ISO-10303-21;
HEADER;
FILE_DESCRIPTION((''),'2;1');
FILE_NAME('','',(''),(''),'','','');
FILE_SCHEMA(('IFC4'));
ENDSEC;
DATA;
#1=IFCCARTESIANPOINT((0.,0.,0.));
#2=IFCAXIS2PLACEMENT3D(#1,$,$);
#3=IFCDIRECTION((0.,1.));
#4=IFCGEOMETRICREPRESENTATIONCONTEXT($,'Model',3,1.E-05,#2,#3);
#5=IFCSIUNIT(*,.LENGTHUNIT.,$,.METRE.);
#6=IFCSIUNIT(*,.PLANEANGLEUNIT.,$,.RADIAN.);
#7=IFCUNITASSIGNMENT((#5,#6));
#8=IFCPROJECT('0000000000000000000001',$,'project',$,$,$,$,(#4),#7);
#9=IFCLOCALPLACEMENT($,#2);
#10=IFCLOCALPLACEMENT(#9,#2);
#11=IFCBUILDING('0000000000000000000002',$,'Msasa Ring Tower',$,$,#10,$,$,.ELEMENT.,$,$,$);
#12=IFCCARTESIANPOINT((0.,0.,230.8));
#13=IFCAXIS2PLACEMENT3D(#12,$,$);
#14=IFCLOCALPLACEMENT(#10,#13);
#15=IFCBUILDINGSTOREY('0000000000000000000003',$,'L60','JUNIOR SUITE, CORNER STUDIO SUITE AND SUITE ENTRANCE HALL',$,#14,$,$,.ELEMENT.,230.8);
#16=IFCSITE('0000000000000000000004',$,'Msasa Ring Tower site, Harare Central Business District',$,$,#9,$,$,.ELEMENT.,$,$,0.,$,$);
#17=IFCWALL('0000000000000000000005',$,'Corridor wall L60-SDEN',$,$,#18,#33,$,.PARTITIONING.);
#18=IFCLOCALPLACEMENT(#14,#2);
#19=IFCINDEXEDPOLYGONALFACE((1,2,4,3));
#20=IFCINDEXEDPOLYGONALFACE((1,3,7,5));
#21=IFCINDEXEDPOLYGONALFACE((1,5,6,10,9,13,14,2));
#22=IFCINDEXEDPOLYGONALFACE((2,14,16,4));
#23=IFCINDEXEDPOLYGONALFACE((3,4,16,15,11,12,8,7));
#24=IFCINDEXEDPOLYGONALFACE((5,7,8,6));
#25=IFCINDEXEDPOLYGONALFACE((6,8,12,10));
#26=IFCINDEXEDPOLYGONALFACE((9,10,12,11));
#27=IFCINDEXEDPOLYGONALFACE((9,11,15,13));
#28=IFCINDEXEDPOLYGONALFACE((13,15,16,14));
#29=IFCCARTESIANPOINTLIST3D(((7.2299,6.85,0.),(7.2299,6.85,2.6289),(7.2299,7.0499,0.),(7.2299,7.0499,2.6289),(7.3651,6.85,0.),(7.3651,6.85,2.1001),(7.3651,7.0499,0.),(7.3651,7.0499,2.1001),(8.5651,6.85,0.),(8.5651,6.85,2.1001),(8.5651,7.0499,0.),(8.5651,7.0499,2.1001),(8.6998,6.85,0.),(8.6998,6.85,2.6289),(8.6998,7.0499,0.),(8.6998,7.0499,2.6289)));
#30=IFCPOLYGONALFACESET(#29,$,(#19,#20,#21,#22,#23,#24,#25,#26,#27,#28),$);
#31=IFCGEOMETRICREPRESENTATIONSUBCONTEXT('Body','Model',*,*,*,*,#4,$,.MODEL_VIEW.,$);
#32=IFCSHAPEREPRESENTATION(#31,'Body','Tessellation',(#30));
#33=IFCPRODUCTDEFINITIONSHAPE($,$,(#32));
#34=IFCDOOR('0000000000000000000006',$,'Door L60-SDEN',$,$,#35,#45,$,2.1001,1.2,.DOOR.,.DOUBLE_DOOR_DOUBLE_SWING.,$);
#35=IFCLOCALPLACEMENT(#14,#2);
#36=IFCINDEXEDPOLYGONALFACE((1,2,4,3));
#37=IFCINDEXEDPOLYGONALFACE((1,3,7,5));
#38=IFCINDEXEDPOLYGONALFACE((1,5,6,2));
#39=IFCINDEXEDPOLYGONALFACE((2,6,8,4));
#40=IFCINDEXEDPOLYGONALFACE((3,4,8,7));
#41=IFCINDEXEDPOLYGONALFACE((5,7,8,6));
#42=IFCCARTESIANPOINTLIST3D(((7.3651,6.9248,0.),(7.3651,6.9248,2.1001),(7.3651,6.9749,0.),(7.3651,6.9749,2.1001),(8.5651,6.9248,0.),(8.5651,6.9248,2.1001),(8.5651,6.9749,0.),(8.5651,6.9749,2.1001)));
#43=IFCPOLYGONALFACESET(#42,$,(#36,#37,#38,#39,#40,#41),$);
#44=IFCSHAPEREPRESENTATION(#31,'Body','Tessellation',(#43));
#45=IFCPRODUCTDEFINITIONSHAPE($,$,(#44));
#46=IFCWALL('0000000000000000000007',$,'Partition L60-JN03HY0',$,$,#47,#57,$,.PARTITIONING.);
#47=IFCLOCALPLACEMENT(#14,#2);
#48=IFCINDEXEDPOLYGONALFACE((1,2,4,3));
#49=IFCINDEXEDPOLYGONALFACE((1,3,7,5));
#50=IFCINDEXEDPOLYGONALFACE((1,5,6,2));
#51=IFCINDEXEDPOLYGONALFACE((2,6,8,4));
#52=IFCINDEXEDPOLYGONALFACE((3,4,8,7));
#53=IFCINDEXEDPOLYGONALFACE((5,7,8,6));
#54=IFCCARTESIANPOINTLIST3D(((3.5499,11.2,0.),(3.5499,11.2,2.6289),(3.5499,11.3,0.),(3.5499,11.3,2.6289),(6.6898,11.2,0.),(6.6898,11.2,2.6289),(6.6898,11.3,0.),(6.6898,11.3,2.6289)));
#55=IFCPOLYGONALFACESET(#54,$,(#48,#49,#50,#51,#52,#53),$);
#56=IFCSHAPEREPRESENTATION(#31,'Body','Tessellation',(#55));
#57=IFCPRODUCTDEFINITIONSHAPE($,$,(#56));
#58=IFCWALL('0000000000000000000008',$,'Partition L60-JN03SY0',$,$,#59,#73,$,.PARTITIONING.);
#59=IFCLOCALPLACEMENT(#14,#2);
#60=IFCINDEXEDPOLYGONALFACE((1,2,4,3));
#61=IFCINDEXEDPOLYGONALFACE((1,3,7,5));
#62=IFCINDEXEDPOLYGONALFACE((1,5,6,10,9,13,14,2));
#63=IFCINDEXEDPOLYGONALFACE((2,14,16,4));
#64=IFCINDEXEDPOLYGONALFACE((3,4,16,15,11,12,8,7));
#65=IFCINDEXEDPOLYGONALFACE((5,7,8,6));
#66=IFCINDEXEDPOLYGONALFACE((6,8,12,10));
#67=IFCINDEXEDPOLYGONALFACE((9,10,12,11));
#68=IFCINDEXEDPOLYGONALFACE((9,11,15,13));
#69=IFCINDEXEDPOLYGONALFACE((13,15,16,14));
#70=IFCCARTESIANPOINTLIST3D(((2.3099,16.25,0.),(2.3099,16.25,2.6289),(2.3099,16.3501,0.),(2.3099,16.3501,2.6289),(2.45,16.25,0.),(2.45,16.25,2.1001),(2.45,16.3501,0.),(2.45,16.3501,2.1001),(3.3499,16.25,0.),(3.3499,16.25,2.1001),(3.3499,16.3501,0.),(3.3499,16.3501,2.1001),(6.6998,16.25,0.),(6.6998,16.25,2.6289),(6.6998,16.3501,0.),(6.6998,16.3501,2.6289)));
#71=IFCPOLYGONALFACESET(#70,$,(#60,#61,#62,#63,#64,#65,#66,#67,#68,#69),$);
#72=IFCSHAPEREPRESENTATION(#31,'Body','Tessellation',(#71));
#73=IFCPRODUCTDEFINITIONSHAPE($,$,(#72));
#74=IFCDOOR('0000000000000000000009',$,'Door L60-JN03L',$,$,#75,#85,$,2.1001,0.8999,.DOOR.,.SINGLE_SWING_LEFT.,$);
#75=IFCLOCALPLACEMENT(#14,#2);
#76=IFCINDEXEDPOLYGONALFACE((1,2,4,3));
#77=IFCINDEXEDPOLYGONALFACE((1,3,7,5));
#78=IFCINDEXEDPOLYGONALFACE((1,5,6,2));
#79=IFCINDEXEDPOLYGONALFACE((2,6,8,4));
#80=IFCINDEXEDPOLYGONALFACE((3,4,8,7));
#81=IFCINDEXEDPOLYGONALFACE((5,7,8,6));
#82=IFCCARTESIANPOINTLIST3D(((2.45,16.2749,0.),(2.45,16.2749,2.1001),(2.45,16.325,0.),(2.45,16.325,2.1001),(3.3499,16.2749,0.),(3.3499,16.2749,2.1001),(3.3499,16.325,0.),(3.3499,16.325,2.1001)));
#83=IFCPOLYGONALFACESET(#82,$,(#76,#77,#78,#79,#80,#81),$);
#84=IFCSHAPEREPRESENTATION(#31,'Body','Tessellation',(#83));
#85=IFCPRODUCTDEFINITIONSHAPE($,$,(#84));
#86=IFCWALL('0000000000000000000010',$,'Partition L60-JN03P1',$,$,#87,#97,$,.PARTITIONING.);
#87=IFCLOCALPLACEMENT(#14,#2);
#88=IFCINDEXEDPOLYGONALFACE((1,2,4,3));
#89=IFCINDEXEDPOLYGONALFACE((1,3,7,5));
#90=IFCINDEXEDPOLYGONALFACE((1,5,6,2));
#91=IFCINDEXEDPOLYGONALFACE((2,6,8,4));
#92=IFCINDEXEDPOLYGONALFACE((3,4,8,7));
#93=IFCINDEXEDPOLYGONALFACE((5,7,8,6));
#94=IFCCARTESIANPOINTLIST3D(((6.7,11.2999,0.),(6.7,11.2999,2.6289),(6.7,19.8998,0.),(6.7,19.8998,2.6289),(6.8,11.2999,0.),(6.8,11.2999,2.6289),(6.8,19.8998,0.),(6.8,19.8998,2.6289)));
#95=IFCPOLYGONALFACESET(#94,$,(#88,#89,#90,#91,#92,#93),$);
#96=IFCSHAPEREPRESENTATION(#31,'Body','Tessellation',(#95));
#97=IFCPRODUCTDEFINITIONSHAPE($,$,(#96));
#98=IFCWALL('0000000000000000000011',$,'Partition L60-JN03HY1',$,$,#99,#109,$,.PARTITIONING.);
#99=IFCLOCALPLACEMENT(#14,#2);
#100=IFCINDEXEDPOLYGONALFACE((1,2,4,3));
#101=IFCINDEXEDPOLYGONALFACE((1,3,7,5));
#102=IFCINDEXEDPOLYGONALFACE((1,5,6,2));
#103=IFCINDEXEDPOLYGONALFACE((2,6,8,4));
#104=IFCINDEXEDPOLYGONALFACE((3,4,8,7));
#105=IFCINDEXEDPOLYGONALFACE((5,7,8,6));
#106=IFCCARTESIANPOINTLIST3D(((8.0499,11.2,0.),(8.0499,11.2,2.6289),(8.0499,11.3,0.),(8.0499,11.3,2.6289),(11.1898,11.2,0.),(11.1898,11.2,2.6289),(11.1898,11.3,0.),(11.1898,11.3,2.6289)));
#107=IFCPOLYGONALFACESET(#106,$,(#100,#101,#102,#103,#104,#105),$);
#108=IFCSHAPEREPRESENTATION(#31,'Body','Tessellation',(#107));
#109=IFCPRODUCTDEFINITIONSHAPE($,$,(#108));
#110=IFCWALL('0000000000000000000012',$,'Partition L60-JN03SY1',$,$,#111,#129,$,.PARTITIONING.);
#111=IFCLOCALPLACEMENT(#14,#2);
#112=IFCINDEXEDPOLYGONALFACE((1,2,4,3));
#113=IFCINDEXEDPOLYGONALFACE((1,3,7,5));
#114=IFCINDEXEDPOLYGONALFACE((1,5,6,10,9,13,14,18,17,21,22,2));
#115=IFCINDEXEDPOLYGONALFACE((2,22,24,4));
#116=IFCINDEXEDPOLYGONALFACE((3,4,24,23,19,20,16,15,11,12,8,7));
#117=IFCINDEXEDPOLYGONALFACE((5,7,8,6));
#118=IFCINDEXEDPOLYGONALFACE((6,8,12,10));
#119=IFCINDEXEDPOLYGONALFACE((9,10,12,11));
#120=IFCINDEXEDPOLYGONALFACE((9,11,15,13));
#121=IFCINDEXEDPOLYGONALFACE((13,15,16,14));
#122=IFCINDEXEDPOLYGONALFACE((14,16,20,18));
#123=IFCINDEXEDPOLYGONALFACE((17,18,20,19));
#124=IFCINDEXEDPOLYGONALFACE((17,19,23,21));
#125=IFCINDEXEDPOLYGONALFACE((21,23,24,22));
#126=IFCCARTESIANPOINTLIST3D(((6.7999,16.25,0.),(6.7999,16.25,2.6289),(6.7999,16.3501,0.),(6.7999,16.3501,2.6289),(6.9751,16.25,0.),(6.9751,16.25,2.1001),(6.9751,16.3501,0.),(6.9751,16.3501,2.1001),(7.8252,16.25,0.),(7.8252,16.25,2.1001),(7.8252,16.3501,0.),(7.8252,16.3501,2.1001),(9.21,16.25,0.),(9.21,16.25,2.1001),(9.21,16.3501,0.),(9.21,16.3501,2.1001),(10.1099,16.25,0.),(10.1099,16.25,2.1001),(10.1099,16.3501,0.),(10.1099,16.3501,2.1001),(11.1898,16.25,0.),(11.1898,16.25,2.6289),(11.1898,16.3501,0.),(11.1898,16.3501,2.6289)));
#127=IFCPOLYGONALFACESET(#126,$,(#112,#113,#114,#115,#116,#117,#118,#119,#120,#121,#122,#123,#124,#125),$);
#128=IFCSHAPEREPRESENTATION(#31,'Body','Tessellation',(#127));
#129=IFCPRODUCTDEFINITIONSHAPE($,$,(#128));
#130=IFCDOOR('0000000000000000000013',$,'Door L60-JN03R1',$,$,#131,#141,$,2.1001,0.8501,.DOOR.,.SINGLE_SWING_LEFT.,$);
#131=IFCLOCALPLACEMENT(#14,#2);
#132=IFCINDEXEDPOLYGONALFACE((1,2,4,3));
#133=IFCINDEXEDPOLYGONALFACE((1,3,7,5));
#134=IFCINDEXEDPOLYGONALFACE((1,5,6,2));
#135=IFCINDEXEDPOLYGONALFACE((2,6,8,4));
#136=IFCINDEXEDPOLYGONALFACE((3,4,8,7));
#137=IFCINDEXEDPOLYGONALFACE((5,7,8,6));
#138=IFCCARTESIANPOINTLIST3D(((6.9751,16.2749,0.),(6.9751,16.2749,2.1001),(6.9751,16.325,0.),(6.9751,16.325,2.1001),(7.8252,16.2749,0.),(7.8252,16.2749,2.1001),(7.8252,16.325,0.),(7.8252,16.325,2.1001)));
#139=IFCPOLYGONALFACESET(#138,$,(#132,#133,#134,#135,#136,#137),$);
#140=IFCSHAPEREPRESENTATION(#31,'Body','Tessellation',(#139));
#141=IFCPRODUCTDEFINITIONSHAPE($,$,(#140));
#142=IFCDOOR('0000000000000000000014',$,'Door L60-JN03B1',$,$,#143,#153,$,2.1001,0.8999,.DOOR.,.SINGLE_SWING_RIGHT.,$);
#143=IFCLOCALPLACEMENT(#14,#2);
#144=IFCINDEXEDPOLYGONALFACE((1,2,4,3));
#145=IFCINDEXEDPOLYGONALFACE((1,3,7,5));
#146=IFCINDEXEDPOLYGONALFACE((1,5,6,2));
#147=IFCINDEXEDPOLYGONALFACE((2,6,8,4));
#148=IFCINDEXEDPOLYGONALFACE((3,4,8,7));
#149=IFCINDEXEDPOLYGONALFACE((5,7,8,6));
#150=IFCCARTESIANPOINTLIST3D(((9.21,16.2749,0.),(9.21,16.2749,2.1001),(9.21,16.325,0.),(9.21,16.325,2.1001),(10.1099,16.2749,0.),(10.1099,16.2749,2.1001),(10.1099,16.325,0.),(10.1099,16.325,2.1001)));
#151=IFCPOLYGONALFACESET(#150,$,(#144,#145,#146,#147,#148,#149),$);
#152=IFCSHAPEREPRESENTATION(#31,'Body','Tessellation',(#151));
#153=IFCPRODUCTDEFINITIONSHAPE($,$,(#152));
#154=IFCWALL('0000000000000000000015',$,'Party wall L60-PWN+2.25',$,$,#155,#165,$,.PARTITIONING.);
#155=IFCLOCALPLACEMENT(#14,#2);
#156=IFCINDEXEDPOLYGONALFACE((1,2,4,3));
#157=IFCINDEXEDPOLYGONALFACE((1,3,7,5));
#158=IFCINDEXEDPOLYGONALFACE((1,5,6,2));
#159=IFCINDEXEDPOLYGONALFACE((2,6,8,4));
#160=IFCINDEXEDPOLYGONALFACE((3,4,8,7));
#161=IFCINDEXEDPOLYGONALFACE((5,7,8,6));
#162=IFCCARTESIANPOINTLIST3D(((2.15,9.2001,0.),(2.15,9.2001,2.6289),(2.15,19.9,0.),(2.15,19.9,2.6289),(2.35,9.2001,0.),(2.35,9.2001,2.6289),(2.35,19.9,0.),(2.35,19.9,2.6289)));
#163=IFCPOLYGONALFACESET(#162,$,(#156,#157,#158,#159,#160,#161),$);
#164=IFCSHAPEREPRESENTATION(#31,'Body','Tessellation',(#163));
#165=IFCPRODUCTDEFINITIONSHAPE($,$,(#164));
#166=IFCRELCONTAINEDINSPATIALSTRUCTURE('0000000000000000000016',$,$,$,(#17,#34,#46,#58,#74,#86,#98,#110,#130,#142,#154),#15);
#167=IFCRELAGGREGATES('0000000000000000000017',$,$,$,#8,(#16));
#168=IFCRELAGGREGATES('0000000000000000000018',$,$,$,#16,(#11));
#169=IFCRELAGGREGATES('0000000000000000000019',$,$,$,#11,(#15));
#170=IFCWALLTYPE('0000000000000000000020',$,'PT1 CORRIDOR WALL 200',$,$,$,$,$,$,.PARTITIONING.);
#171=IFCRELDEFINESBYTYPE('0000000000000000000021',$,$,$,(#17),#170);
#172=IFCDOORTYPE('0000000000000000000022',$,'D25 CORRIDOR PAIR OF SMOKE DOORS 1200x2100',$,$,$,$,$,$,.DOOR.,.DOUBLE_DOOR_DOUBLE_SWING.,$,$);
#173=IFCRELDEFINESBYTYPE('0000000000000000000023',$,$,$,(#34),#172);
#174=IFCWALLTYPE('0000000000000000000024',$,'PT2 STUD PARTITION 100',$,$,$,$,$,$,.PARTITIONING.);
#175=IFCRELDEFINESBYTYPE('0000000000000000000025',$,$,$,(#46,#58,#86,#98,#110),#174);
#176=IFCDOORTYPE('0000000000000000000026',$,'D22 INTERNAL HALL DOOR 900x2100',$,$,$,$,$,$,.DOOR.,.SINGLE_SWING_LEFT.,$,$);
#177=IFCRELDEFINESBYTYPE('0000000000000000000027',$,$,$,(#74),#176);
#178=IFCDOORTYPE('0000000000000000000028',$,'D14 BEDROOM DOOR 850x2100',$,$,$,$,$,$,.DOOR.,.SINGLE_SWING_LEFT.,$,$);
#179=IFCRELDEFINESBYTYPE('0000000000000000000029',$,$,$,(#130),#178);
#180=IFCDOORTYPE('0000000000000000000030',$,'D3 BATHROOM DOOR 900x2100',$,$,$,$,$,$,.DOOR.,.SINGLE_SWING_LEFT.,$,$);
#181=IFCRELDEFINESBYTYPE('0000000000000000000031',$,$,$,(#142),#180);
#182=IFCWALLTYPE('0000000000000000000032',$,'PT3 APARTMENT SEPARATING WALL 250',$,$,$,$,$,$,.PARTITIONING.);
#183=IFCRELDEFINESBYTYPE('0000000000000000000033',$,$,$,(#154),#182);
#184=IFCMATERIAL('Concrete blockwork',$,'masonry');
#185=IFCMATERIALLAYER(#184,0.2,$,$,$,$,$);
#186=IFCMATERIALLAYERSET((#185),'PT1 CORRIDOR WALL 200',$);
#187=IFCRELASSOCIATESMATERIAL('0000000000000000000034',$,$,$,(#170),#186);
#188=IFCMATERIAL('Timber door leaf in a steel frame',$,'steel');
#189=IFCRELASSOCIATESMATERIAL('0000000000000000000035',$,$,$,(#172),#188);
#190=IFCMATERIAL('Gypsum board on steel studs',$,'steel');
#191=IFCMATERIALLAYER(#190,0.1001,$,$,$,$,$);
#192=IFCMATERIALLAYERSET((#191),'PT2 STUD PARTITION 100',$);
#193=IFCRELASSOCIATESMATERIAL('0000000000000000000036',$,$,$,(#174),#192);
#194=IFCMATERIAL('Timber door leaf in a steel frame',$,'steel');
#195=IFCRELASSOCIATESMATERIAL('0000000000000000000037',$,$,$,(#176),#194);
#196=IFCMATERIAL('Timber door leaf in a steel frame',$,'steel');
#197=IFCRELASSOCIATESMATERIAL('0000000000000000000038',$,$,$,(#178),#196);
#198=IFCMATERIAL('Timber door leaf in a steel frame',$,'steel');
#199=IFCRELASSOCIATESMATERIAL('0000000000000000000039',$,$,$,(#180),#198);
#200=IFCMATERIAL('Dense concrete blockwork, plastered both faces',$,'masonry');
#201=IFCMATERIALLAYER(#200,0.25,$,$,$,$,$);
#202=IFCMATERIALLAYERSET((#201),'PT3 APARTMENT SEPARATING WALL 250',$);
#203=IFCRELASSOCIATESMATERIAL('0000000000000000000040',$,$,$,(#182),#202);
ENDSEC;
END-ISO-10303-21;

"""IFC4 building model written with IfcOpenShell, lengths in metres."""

from ifc_helpers import new_model, si_unit, direction, frame, frame_2d, origin, place, context, subcontext, project, spatial, rectangle, extrude, material, layer, layer_set, type_object, element, fill, save


model = new_model("IFC4")

# Units and contexts
model_context = context("Model", 3, precision=1e-05, world=origin(), true_north=direction((0.0, 1.0)))
body_context = subcontext(model_context, "Body", "Model", "MODEL_VIEW")
ifc_project = project(units=[si_unit("LENGTHUNIT", "METRE"), si_unit("PLANEANGLEUNIT", "RADIAN")], contexts=[model_context])

# Site, building, storey
site_placement = place(None, origin())
site = spatial("IfcSite", under=ifc_project, at=site_placement, Name="Msasa Ring Tower site, Harare Central Business District", CompositionType="ELEMENT", RefElevation=0.0)
building_placement = place(site_placement, origin())
building = spatial("IfcBuilding", under=site, at=building_placement, Name="Msasa Ring Tower", CompositionType="ELEMENT")
storey_placement = place(building_placement, frame((0.0, 0.0, 230.8)))
storey = spatial("IfcBuildingStorey", under=building, at=storey_placement, Name="L60", Description="JUNIOR SUITE, CORNER STUDIO SUITE AND SUITE ENTRANCE HALL", CompositionType="ELEMENT", Elevation=230.8)

# Wall, opening, door
ifc_material_1 = material(Name="Concrete blockwork", Category="masonry")
ifc_layer_1 = layer(ifc_material_1, 0.2)
ifc_layer_set_1 = layer_set([ifc_layer_1], Name="PT1 CORRIDOR WALL 200")
wall_type_1 = type_object("IfcWallType", Name="PT1 CORRIDOR WALL 200", PredefinedType="PARTITIONING", material=ifc_layer_set_1)
wall_1_placement = place(storey_placement, frame((7.23, 6.95, 0.0), z_axis=(0.0, 0.0, 1.0), x_axis=(1.0, 0.0, 0.0)))
wall_1 = element("IfcWall", 1, at=wall_1_placement, inside=storey, type_object=wall_type_1, Name="Corridor wall L60-SDEN", PredefinedType="PARTITIONING", context=body_context, shape_type="SweptSolid", body=[
    extrude(rectangle(XDim=1.47, YDim=0.2, at=frame_2d((0.7349, 0.0))), origin(), (0.0, 0.0, 1.0), 2.6289),
])
opening_1_placement = place(wall_1_placement, frame((0.135, 0.0, 0.0)))
opening_1 = element("IfcOpeningElement", 2, at=opening_1_placement, cuts=wall_1, PredefinedType="OPENING", context=body_context, shape_type="SweptSolid", body=[
    extrude(rectangle(XDim=1.2, YDim=2.1001, at=frame_2d((0.6001, 1.05))), frame((0.0, 0.1099, 0.0), z_axis=(0.0, -1.0, 0.0), x_axis=(1.0, 0.0, 0.0)), (0.0, 0.0, 1.0), 0.22),
])
ifc_material_2 = material(Name="Timber door leaf in a steel frame", Category="steel")
door_type_1 = type_object("IfcDoorType", Name="D25 CORRIDOR PAIR OF SMOKE DOORS 1200x2100", OperationType="DOUBLE_DOOR_DOUBLE_SWING", PredefinedType="DOOR", material=ifc_material_2)
door_1_placement = place(opening_1_placement, origin())
door_1 = element("IfcDoor", 3, at=door_1_placement, inside=storey, type_object=door_type_1, Name="Door L60-SDEN", OperationType="DOUBLE_DOOR_DOUBLE_SWING", OverallHeight=2.1001, OverallWidth=1.2, PredefinedType="DOOR", context=body_context, shape_type="SweptSolid", body=[
    extrude(rectangle(XDim=1.2, YDim=2.1001, at=frame_2d((0.6001, 1.05))), frame((0.0, 0.0249, 0.0), z_axis=(0.0, -1.0, 0.0), x_axis=(1.0, 0.0, 0.0)), (0.0, 0.0, 1.0), 0.05),
])
fill(opening_1, door_1)

# Wall
ifc_material_3 = material(Name="Gypsum board on steel studs", Category="steel")
ifc_layer_2 = layer(ifc_material_3, 0.1001)
ifc_layer_set_2 = layer_set([ifc_layer_2], Name="PT2 STUD PARTITION 100")
wall_type_2 = type_object("IfcWallType", Name="PT2 STUD PARTITION 100", PredefinedType="PARTITIONING", material=ifc_layer_set_2)
wall_2_placement = place(storey_placement, frame((3.55, 11.25, 0.0), z_axis=(0.0, 0.0, 1.0), x_axis=(1.0, 0.0, 0.0)))
element("IfcWall", 4, at=wall_2_placement, inside=storey, type_object=wall_type_2, Name="Partition L60-JN03HY0", PredefinedType="PARTITIONING", context=body_context, shape_type="SweptSolid", body=[
    extrude(rectangle(XDim=3.1399, YDim=0.1001, at=frame_2d((1.5698, 0.0))), origin(), (0.0, 0.0, 1.0), 2.6289),
])

# Wall, opening, door
wall_3_placement = place(storey_placement, frame((2.3101, 16.3, 0.0), z_axis=(0.0, 0.0, 1.0), x_axis=(1.0, 0.0, 0.0)))
wall_3 = element("IfcWall", 5, at=wall_3_placement, inside=storey, type_object=wall_type_2, Name="Partition L60-JN03SY0", PredefinedType="PARTITIONING", context=body_context, shape_type="SweptSolid", body=[
    extrude(rectangle(XDim=4.3899, YDim=0.1001, at=frame_2d((2.1948, 0.0))), origin(), (0.0, 0.0, 1.0), 2.6289),
])
opening_2_placement = place(wall_3_placement, frame((0.1399, 0.0, 0.0)))
opening_2 = element("IfcOpeningElement", 6, at=opening_2_placement, cuts=wall_3, PredefinedType="OPENING", context=body_context, shape_type="SweptSolid", body=[
    extrude(rectangle(XDim=0.8999, YDim=2.1001, at=frame_2d((0.45, 1.05))), frame((0.0, 0.0601, 0.0), z_axis=(0.0, -1.0, 0.0), x_axis=(1.0, 0.0, 0.0)), (0.0, 0.0, 1.0), 0.1201),
])
ifc_material_4 = material(Name="Timber door leaf in a steel frame", Category="steel")
door_type_2 = type_object("IfcDoorType", Name="D22 INTERNAL HALL DOOR 900x2100", OperationType="SINGLE_SWING_LEFT", PredefinedType="DOOR", material=ifc_material_4)
door_2_placement = place(opening_2_placement, origin())
door_2 = element("IfcDoor", 7, at=door_2_placement, inside=storey, type_object=door_type_2, Name="Door L60-JN03L", OperationType="SINGLE_SWING_LEFT", OverallHeight=2.1001, OverallWidth=0.8999, PredefinedType="DOOR", context=body_context, shape_type="SweptSolid", body=[
    extrude(rectangle(XDim=0.8999, YDim=2.1001, at=frame_2d((0.45, 1.05))), frame((0.0, 0.0249, 0.0), z_axis=(0.0, -1.0, 0.0), x_axis=(1.0, 0.0, 0.0)), (0.0, 0.0, 1.0), 0.05),
])
fill(opening_2, door_2)

# Walls
wall_4_placement = place(storey_placement, frame((6.75, 11.3, 0.0), z_axis=(0.0, 0.0, 1.0), x_axis=(0.0, 1.0, 0.0)))
element("IfcWall", 8, at=wall_4_placement, inside=storey, type_object=wall_type_2, Name="Partition L60-JN03P1", PredefinedType="PARTITIONING", context=body_context, shape_type="SweptSolid", body=[
    extrude(rectangle(XDim=8.5999, YDim=0.1001, at=frame_2d((4.2998, 0.0))), origin(), (0.0, 0.0, 1.0), 2.6289),
])
wall_5_placement = place(storey_placement, frame((8.05, 11.25, 0.0), z_axis=(0.0, 0.0, 1.0), x_axis=(1.0, 0.0, 0.0)))
element("IfcWall", 9, at=wall_5_placement, inside=storey, type_object=wall_type_2, Name="Partition L60-JN03HY1", PredefinedType="PARTITIONING", context=body_context, shape_type="SweptSolid", body=[
    extrude(rectangle(XDim=3.1399, YDim=0.1001, at=frame_2d((1.5698, 0.0))), origin(), (0.0, 0.0, 1.0), 2.6289),
])

# Wall, openings, doors
wall_6_placement = place(storey_placement, frame((6.8, 16.3, 0.0), z_axis=(0.0, 0.0, 1.0), x_axis=(1.0, 0.0, 0.0)))
wall_6 = element("IfcWall", 10, at=wall_6_placement, inside=storey, type_object=wall_type_2, Name="Partition L60-JN03SY1", PredefinedType="PARTITIONING", context=body_context, shape_type="SweptSolid", body=[
    extrude(rectangle(XDim=4.3899, YDim=0.1001, at=frame_2d((2.1948, 0.0))), origin(), (0.0, 0.0, 1.0), 2.6289),
])
opening_3_placement = place(wall_6_placement, frame((0.175, 0.0, 0.0)))
opening_3 = element("IfcOpeningElement", 11, at=opening_3_placement, cuts=wall_6, PredefinedType="OPENING", context=body_context, shape_type="SweptSolid", body=[
    extrude(rectangle(XDim=0.8501, YDim=2.1001, at=frame_2d((0.425, 1.05))), frame((0.0, 0.0601, 0.0), z_axis=(0.0, -1.0, 0.0), x_axis=(1.0, 0.0, 0.0)), (0.0, 0.0, 1.0), 0.1201),
])
opening_4_placement = place(wall_6_placement, frame((2.4099, 0.0, 0.0)))
opening_4 = element("IfcOpeningElement", 12, at=opening_4_placement, cuts=wall_6, PredefinedType="OPENING", context=body_context, shape_type="SweptSolid", body=[
    extrude(rectangle(XDim=0.8999, YDim=2.1001, at=frame_2d((0.45, 1.05))), frame((0.0, 0.0601, 0.0), z_axis=(0.0, -1.0, 0.0), x_axis=(1.0, 0.0, 0.0)), (0.0, 0.0, 1.0), 0.1201),
])
ifc_material_5 = material(Name="Timber door leaf in a steel frame", Category="steel")
door_type_3 = type_object("IfcDoorType", Name="D14 BEDROOM DOOR 850x2100", OperationType="SINGLE_SWING_LEFT", PredefinedType="DOOR", material=ifc_material_5)
door_3_placement = place(opening_3_placement, origin())
door_3 = element("IfcDoor", 13, at=door_3_placement, inside=storey, type_object=door_type_3, Name="Door L60-JN03R1", OperationType="SINGLE_SWING_LEFT", OverallHeight=2.1001, OverallWidth=0.8501, PredefinedType="DOOR", context=body_context, shape_type="SweptSolid", body=[
    extrude(rectangle(XDim=0.8501, YDim=2.1001, at=frame_2d((0.425, 1.05))), frame((0.0, 0.0249, 0.0), z_axis=(0.0, -1.0, 0.0), x_axis=(1.0, 0.0, 0.0)), (0.0, 0.0, 1.0), 0.05),
])
fill(opening_3, door_3)
ifc_material_6 = material(Name="Timber door leaf in a steel frame", Category="steel")
door_type_4 = type_object("IfcDoorType", Name="D3 BATHROOM DOOR 900x2100", OperationType="SINGLE_SWING_LEFT", PredefinedType="DOOR", material=ifc_material_6)
door_4_placement = place(opening_4_placement, origin())
door_4 = element("IfcDoor", 14, at=door_4_placement, inside=storey, type_object=door_type_4, Name="Door L60-JN03B1", OperationType="SINGLE_SWING_RIGHT", OverallHeight=2.1001, OverallWidth=0.8999, PredefinedType="DOOR", context=body_context, shape_type="SweptSolid", body=[
    extrude(rectangle(XDim=0.8999, YDim=2.1001, at=frame_2d((0.45, 1.05))), frame((0.0, 0.0249, 0.0), z_axis=(0.0, -1.0, 0.0), x_axis=(1.0, 0.0, 0.0)), (0.0, 0.0, 1.0), 0.05),
])
fill(opening_4, door_4)

# Wall
ifc_material_7 = material(Name="Dense concrete blockwork, plastered both faces", Category="masonry")
ifc_layer_3 = layer(ifc_material_7, 0.25)
ifc_layer_set_3 = layer_set([ifc_layer_3], Name="PT3 APARTMENT SEPARATING WALL 250")
wall_type_3 = type_object("IfcWallType", Name="PT3 APARTMENT SEPARATING WALL 250", PredefinedType="PARTITIONING", material=ifc_layer_set_3)
wall_7_placement = place(storey_placement, frame((2.25, 9.2, 0.0), z_axis=(0.0, 0.0, 1.0), x_axis=(0.0, 1.0, 0.0)))
element("IfcWall", 15, at=wall_7_placement, inside=storey, type_object=wall_type_3, Name="Party wall L60-PWN+2.25", PredefinedType="PARTITIONING", context=body_context, shape_type="SweptSolid", body=[
    extrude(rectangle(XDim=10.7, YDim=0.2, at=frame_2d((5.3501, 0.0))), origin(), (0.0, 0.0, 1.0), 2.6289),
])

save(model, "model.ifc")
